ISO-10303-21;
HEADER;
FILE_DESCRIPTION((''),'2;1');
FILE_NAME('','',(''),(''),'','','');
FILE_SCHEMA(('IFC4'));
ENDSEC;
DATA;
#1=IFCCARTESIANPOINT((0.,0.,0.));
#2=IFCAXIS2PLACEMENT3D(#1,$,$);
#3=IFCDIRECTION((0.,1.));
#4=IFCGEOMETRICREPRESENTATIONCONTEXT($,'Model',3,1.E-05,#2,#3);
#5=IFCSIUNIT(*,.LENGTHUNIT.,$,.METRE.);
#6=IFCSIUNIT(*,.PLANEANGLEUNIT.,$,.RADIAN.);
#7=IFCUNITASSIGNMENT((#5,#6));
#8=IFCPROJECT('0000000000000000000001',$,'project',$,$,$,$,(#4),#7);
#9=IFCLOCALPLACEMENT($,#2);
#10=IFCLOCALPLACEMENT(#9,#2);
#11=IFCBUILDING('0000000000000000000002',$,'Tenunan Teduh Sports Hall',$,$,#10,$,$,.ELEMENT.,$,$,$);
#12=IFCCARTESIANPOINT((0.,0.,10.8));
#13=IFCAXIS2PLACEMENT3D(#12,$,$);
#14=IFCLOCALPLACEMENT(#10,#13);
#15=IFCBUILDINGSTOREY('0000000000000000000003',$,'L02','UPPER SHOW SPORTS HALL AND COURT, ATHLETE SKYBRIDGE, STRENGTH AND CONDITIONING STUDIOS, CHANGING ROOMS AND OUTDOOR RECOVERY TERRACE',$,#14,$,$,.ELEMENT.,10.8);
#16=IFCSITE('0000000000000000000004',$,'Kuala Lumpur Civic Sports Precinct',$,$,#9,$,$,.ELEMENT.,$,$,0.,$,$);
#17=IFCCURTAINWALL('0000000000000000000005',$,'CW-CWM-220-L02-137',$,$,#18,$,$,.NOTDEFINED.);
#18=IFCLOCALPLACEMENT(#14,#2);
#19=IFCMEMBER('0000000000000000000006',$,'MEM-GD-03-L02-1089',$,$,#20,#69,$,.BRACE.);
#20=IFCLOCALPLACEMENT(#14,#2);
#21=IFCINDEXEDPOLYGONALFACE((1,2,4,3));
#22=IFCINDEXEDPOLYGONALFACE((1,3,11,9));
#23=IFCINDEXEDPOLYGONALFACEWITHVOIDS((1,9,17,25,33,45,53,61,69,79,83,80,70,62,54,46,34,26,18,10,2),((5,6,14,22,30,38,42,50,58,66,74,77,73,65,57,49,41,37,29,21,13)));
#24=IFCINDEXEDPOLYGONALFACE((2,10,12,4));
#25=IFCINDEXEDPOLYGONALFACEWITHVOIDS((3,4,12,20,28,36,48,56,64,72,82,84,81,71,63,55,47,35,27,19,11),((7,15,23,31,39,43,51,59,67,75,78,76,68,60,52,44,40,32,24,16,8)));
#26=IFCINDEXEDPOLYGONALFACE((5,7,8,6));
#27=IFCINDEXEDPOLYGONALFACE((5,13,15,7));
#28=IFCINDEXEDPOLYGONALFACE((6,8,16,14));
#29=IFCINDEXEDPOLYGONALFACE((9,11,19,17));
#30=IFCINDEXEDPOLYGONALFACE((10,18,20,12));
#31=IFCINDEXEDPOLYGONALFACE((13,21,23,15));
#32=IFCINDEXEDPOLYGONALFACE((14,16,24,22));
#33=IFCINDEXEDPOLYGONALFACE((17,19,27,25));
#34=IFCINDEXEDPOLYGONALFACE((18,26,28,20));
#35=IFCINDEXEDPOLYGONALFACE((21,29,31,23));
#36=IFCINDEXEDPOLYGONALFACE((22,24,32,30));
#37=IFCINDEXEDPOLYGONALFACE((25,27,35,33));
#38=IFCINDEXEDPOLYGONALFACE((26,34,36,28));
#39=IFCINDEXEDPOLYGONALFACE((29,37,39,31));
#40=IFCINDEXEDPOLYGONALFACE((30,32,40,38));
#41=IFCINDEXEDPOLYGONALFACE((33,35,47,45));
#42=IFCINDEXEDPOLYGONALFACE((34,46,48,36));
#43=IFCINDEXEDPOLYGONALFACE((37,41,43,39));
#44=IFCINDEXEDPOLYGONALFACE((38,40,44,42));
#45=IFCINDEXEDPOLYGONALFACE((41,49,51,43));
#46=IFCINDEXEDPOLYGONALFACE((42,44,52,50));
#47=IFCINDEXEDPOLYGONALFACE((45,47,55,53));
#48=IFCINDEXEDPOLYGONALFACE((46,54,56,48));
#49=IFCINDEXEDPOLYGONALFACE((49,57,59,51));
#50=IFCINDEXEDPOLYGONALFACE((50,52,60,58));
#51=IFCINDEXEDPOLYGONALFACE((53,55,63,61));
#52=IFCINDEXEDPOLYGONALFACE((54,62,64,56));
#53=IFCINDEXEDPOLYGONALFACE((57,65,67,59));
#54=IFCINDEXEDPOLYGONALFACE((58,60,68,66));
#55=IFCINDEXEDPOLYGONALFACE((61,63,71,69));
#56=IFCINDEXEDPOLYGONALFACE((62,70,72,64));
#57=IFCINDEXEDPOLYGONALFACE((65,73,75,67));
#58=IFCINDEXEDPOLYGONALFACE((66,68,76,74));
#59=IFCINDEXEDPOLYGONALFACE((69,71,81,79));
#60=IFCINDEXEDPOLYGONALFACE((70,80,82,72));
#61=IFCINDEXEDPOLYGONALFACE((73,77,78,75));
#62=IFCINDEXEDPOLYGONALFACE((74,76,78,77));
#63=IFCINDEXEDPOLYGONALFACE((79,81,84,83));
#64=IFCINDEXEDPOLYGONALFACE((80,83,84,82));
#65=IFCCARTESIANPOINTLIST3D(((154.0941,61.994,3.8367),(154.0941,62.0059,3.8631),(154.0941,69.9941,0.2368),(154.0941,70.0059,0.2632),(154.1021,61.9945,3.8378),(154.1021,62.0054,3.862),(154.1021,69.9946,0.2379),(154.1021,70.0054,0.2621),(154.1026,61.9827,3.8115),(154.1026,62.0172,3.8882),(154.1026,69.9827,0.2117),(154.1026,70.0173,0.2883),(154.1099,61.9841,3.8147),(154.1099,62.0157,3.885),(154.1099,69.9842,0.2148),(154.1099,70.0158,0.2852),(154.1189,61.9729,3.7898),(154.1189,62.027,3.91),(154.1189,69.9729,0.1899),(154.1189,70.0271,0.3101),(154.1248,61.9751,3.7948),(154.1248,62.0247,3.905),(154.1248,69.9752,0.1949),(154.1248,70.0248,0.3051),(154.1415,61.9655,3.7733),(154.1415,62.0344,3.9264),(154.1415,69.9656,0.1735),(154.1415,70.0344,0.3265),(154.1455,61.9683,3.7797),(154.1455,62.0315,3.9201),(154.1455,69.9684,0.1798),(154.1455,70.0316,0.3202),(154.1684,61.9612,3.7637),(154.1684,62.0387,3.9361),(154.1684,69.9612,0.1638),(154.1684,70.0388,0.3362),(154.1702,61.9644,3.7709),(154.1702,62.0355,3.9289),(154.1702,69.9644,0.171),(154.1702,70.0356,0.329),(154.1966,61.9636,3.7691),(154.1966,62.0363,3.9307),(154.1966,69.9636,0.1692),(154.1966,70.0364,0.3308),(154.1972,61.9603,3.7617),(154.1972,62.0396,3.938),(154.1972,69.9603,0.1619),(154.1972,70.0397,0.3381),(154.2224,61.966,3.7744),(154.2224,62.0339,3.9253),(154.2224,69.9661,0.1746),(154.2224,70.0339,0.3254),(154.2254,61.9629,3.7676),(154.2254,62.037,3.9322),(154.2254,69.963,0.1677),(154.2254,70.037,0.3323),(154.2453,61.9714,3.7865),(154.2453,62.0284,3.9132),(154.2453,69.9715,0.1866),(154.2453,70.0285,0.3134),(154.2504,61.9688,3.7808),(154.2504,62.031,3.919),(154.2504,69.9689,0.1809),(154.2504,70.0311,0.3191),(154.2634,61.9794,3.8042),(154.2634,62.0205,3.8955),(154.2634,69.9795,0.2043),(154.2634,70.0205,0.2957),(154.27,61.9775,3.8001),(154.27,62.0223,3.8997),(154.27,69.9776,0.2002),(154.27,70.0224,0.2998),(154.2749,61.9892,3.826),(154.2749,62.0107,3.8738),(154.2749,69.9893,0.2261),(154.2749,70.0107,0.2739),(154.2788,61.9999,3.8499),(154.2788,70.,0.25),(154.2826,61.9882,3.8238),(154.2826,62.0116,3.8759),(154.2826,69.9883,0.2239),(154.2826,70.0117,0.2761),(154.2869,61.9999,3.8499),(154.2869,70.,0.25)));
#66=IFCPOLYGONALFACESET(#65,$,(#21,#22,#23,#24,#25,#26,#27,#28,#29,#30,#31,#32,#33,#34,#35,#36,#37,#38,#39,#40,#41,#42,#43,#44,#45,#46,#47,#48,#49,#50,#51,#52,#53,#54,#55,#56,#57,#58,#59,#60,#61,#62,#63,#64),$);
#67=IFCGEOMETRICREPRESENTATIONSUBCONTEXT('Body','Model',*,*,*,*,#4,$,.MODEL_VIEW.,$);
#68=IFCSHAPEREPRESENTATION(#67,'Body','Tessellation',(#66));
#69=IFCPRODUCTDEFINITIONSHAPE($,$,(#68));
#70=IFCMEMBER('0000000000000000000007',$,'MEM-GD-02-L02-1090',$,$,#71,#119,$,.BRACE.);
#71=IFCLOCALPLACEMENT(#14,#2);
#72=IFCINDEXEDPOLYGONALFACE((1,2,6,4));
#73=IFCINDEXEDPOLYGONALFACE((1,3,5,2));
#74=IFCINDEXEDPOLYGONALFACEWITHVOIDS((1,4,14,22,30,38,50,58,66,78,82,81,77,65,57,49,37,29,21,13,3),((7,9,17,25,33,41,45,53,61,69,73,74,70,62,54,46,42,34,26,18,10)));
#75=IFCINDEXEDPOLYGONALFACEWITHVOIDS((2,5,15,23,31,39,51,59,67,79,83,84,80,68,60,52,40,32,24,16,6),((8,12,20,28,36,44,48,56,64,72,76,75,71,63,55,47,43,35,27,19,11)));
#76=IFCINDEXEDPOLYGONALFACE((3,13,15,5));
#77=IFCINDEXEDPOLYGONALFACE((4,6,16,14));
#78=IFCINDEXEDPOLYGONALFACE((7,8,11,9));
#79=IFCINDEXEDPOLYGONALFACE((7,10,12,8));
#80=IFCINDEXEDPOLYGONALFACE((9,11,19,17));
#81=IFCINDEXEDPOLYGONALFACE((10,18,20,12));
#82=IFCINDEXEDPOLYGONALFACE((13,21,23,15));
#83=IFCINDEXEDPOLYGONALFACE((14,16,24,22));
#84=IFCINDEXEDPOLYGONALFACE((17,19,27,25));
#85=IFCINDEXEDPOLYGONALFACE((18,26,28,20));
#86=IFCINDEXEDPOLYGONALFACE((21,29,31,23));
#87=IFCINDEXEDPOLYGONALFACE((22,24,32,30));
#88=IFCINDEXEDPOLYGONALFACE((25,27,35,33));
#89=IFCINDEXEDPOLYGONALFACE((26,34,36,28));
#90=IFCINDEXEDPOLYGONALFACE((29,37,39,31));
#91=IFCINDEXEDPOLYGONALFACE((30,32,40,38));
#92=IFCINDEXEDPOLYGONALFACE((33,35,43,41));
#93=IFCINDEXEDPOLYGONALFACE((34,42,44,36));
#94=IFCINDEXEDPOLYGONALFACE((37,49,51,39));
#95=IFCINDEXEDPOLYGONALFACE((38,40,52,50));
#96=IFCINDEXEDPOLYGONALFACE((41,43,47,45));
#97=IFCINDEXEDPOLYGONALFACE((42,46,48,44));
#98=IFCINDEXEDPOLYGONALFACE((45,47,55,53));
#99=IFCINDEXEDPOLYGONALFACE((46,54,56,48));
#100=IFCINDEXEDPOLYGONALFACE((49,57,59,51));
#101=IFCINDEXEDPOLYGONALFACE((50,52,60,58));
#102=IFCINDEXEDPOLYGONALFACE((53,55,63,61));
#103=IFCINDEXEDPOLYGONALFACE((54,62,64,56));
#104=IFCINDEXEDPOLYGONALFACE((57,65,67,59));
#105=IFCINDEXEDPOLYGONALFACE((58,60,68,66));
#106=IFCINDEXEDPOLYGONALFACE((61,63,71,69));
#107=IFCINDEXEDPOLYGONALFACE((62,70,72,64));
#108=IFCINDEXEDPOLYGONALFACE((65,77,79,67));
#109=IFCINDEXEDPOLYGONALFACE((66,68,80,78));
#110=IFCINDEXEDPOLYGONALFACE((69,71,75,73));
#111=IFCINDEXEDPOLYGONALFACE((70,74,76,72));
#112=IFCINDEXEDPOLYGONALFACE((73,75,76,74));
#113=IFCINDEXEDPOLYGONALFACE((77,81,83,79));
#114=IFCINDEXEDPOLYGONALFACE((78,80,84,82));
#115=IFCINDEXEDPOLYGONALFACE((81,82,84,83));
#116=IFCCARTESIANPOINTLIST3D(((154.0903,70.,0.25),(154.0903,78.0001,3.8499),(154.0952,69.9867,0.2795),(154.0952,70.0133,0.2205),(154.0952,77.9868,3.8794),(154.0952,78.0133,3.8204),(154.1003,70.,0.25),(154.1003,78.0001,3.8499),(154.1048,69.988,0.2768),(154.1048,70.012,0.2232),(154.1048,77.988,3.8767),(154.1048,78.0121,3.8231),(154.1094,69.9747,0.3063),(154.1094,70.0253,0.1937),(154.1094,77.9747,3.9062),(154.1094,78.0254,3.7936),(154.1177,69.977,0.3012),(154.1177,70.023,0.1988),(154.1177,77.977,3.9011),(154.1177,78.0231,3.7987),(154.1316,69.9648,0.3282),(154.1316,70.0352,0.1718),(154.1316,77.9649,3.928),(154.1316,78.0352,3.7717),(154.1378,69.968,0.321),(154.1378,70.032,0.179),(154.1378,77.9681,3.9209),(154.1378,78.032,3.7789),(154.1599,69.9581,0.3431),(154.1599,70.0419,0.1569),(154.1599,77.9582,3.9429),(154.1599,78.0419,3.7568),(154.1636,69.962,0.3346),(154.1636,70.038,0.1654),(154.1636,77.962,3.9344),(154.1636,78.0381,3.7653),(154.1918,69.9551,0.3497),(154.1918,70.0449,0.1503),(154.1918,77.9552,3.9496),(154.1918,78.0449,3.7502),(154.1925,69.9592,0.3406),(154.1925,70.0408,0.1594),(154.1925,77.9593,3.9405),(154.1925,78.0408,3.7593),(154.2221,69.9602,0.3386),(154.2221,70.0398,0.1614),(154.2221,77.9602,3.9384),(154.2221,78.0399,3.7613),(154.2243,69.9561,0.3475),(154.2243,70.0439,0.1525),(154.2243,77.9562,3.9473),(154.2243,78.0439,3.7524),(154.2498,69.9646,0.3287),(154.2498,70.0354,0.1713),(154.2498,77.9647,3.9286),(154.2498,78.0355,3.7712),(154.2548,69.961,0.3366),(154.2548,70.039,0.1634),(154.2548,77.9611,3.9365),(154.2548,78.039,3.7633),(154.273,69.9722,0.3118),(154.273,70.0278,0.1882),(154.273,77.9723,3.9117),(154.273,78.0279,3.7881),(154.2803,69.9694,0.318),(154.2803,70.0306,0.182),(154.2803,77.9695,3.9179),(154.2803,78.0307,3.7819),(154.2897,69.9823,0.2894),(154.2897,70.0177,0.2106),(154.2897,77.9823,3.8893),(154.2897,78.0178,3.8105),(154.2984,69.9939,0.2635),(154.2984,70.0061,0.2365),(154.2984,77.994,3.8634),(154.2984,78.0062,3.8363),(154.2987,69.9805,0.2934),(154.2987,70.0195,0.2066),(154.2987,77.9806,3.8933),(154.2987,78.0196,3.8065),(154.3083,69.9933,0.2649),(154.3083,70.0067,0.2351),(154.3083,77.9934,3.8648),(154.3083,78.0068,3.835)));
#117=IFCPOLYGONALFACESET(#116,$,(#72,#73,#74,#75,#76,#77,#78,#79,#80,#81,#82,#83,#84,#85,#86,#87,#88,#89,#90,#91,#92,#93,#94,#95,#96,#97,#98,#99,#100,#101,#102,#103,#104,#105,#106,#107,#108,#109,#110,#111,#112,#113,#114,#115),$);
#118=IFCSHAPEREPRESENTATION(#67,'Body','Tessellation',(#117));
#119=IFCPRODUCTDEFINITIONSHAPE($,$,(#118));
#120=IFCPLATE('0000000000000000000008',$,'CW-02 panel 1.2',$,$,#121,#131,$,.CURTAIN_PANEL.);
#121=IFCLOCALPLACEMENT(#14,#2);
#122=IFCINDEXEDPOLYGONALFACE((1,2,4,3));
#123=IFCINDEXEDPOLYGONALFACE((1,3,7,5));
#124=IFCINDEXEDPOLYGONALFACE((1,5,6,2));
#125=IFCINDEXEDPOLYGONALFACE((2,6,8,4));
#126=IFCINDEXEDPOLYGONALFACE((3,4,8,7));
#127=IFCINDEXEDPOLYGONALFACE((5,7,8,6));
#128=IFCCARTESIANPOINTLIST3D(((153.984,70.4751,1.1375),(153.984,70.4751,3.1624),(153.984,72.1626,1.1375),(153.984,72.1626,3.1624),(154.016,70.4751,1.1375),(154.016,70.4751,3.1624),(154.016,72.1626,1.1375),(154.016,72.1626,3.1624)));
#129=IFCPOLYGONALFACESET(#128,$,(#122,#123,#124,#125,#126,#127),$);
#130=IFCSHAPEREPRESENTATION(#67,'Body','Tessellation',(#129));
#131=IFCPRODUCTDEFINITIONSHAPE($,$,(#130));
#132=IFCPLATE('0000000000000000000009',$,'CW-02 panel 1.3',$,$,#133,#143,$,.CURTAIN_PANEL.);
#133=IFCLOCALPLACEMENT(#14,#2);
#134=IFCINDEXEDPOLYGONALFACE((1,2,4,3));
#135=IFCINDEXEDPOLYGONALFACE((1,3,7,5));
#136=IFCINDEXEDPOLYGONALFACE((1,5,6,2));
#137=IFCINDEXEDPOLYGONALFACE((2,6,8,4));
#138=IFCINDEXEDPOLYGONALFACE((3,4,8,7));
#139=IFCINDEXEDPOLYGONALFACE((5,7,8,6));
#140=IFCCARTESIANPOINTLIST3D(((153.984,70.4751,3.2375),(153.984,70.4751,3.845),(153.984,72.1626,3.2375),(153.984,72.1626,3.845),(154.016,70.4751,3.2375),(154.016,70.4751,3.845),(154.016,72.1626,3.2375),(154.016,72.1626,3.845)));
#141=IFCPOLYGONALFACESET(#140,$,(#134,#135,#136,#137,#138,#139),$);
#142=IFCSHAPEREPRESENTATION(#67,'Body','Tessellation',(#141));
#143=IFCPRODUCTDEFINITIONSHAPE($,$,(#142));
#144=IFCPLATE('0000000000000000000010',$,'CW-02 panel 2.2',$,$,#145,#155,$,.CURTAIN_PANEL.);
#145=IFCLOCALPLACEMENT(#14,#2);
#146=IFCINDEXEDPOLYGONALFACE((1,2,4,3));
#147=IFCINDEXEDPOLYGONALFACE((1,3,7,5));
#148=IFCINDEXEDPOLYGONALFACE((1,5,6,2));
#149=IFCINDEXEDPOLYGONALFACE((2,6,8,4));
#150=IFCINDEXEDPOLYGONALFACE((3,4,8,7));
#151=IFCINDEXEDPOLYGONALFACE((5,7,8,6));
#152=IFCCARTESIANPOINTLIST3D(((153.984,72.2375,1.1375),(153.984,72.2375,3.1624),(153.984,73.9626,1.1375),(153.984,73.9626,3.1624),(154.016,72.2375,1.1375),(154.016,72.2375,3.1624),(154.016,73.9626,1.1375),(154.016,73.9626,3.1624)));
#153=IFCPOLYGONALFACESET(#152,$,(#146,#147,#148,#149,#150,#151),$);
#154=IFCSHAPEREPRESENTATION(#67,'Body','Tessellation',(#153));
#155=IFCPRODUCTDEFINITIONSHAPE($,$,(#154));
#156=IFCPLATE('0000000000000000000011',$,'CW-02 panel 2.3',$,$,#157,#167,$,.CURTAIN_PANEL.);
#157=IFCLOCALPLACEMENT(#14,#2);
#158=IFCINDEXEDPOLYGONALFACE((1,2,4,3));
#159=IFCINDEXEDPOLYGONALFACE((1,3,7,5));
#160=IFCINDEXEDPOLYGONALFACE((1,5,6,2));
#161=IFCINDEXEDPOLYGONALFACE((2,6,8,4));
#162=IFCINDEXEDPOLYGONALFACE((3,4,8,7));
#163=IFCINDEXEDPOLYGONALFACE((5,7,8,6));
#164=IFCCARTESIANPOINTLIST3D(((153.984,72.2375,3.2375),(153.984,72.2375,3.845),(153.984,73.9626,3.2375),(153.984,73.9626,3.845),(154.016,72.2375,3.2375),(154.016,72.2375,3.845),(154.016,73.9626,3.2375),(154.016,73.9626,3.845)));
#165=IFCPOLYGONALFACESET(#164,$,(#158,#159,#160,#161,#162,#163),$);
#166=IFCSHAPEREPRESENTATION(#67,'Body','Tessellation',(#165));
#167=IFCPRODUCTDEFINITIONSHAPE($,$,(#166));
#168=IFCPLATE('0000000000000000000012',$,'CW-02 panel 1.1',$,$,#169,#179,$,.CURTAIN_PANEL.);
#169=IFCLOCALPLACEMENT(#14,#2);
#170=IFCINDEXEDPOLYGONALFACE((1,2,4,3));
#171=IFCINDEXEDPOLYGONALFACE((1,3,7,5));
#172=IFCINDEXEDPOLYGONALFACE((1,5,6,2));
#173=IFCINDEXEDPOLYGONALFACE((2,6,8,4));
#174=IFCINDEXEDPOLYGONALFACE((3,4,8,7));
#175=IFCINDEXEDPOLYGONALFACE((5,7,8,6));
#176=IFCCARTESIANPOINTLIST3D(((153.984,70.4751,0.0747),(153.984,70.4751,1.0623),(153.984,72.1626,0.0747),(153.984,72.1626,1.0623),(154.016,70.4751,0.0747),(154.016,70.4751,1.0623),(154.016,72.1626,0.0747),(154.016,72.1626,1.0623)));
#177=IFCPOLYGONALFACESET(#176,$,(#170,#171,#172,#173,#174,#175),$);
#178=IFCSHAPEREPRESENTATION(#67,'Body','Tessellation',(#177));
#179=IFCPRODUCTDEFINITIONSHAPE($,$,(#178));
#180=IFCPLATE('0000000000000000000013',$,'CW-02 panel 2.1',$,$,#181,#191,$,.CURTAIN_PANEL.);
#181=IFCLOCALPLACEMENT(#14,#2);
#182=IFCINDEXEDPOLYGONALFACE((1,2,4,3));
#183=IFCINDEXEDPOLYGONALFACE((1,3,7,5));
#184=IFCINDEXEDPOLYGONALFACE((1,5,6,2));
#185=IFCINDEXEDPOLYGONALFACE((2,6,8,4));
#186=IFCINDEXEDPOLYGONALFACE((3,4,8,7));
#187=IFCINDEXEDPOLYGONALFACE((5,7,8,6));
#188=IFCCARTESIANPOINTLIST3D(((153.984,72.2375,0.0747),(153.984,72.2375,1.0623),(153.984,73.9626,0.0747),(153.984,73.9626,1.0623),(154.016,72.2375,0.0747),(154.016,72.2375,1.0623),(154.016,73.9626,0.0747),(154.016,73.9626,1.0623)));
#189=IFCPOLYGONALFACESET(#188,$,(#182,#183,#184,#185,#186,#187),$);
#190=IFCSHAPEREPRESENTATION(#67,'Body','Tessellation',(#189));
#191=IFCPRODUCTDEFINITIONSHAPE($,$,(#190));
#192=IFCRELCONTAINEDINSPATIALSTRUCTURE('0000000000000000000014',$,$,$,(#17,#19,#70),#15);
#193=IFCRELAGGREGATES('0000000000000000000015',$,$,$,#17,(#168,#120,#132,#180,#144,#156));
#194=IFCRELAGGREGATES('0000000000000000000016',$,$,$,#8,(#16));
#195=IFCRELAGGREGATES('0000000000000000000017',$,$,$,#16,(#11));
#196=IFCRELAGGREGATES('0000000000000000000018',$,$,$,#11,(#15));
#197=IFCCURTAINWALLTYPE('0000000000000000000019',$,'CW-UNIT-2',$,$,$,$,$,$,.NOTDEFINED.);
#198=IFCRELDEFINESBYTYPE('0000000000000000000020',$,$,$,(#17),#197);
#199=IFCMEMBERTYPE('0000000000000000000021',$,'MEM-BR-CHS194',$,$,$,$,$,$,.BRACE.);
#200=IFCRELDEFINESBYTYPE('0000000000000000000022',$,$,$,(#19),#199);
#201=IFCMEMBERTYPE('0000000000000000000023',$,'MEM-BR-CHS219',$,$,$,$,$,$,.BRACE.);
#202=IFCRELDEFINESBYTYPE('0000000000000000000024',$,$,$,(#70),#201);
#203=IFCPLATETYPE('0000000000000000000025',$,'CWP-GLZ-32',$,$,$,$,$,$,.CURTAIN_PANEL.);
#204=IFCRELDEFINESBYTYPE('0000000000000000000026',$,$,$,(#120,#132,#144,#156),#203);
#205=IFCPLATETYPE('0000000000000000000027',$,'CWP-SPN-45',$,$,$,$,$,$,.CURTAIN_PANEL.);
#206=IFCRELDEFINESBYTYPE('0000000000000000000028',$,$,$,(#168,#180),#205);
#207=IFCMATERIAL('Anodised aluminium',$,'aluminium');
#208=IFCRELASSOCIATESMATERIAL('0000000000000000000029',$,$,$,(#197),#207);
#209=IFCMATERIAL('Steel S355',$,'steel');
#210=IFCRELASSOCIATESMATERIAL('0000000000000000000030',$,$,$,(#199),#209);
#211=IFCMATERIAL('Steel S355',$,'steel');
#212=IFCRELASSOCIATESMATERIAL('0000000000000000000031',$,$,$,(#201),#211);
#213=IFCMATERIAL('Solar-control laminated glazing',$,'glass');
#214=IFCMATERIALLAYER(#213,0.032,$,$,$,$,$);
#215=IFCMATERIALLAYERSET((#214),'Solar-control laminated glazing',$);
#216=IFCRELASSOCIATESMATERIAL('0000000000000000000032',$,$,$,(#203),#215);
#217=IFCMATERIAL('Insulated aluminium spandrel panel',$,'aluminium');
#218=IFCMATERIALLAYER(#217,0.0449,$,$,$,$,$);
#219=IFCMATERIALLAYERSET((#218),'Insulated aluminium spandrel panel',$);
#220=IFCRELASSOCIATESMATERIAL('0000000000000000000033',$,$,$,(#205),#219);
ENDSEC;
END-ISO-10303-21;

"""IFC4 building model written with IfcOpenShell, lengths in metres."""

from ifc_helpers import new_model, si_unit, direction, frame, origin, origin_2d, place, context, subcontext, project, spatial, rectangle, hollow_circle, extrude, material, layer, layer_set, material_profile, profile_set, type_object, element, aggregate, save


model = new_model("IFC4")

# Units and contexts
model_context = context("Model", 3, precision=1e-05, world=origin(), true_north=direction((0.0, 1.0)))
body_context = subcontext(model_context, "Body", "Model", "MODEL_VIEW")
ifc_project = project(units=[si_unit("LENGTHUNIT", "METRE"), si_unit("PLANEANGLEUNIT", "RADIAN")], contexts=[model_context])

# Site, building, storey
site_placement = place(None, origin())
site = spatial("IfcSite", under=ifc_project, at=site_placement, Name="Kuala Lumpur Civic Sports Precinct", CompositionType="ELEMENT", RefElevation=0.0)
building_placement = place(site_placement, origin())
building = spatial("IfcBuilding", under=site, at=building_placement, Name="Tenunan Teduh Sports Hall", CompositionType="ELEMENT")
storey_placement = place(building_placement, frame((0.0, 0.0, 10.8)))
storey = spatial("IfcBuildingStorey", under=building, at=storey_placement, Name="L02", Description="UPPER SHOW SPORTS HALL AND COURT, ATHLETE SKYBRIDGE, STRENGTH AND CONDITIONING STUDIOS, CHANGING ROOMS AND OUTDOOR RECOVERY TERRACE", CompositionType="ELEMENT", Elevation=10.8)

# Curtain wall
ifc_material_1 = material(Name="Anodised aluminium", Category="aluminium")
curtain_wall_type = type_object("IfcCurtainWallType", Name="CW-UNIT-2", PredefinedType="NOTDEFINED", material=ifc_material_1)
curtain_wall_placement = place(storey_placement, origin())
curtain_wall = element("IfcCurtainWall", 1, at=curtain_wall_placement, inside=storey, type_object=curtain_wall_type, Name="CW-CWM-220-L02-137", PredefinedType="NOTDEFINED")

# Members
ifc_material_2 = material(Name="Steel S355", Category="steel")
ifc_material_profile_1 = material_profile(ifc_material_2, hollow_circle(Radius=0.0969, WallThickness=0.0081, at=origin_2d()), Name="CHS 193.7x8.0")
ifc_profile_set_1 = profile_set([ifc_material_profile_1], Name="Steel S355")
member_type_1 = type_object("IfcMemberType", Name="MEM-BR-CHS194", PredefinedType="BRACE", material=ifc_profile_set_1)
member_1_placement = place(storey_placement, frame((154.1899, 70.0, 0.25), z_axis=(0.0, -0.911928, 0.410351), x_axis=(1.0, 0.0, 0.0)))
element("IfcMember", 2, at=member_1_placement, inside=storey, type_object=member_type_1, Name="MEM-GD-03-L02-1089", PredefinedType="BRACE", context=body_context, shape_type="SweptSolid", body=[
    extrude(hollow_circle(Radius=0.0969, WallThickness=0.0081, at=origin_2d()), origin(), (0.0, 0.0, 1.0), 8.7727),
])
ifc_material_3 = material(Name="Steel S355", Category="steel")
ifc_material_profile_2 = material_profile(ifc_material_3, hollow_circle(Radius=0.1096, WallThickness=0.01, at=origin_2d()), Name="CHS 219.1x10.0")
ifc_profile_set_2 = profile_set([ifc_material_profile_2], Name="Steel S355")
member_type_2 = type_object("IfcMemberType", Name="MEM-BR-CHS219", PredefinedType="BRACE", material=ifc_profile_set_2)
member_2_placement = place(storey_placement, frame((154.2, 70.0, 0.25), z_axis=(0.0, 0.911928, 0.410351), x_axis=(-1.0, 0.0, 0.0)))
element("IfcMember", 3, at=member_2_placement, inside=storey, type_object=member_type_2, Name="MEM-GD-02-L02-1090", PredefinedType="BRACE", context=body_context, shape_type="SweptSolid", body=[
    extrude(hollow_circle(Radius=0.1096, WallThickness=0.01, at=origin_2d()), origin(), (0.0, 0.0, 1.0), 8.7727),
])

# Plates
ifc_material_4 = material(Name="Solar-control laminated glazing", Category="glass")
ifc_layer_1 = layer(ifc_material_4, 0.032)
ifc_layer_set_1 = layer_set([ifc_layer_1], Name="Solar-control laminated glazing")
plate_type_1 = type_object("IfcPlateType", Name="CWP-GLZ-32", PredefinedType="CURTAIN_PANEL", material=ifc_layer_set_1)
plate_1_placement = place(storey_placement, frame((154.0, 71.3188, 1.1375), z_axis=(0.0, 0.0, 1.0), x_axis=(0.0, 1.0, 0.0)))
plate_1 = element("IfcPlate", 4, at=plate_1_placement, type_object=plate_type_1, Name="CW-02 panel 1.2", PredefinedType="CURTAIN_PANEL", context=body_context, shape_type="SweptSolid", body=[
    extrude(rectangle(XDim=1.6875, YDim=0.032, at=origin_2d()), origin(), (0.0, 0.0, 1.0), 2.0249),
])
plate_2_placement = place(storey_placement, frame((154.0, 71.3188, 3.2375), z_axis=(0.0, 0.0, 1.0), x_axis=(0.0, 1.0, 0.0)))
plate_2 = element("IfcPlate", 5, at=plate_2_placement, type_object=plate_type_1, Name="CW-02 panel 1.3", PredefinedType="CURTAIN_PANEL", context=body_context, shape_type="SweptSolid", body=[
    extrude(rectangle(XDim=1.6875, YDim=0.032, at=origin_2d()), origin(), (0.0, 0.0, 1.0), 0.6074),
])
plate_3_placement = place(storey_placement, frame((154.0, 73.1001, 1.1375), z_axis=(0.0, 0.0, 1.0), x_axis=(0.0, 1.0, 0.0)))
plate_3 = element("IfcPlate", 6, at=plate_3_placement, type_object=plate_type_1, Name="CW-02 panel 2.2", PredefinedType="CURTAIN_PANEL", context=body_context, shape_type="SweptSolid", body=[
    extrude(rectangle(XDim=1.7251, YDim=0.032, at=origin_2d()), origin(), (0.0, 0.0, 1.0), 2.0249),
])
plate_4_placement = place(storey_placement, frame((154.0, 73.1001, 3.2375), z_axis=(0.0, 0.0, 1.0), x_axis=(0.0, 1.0, 0.0)))
plate_4 = element("IfcPlate", 7, at=plate_4_placement, type_object=plate_type_1, Name="CW-02 panel 2.3", PredefinedType="CURTAIN_PANEL", context=body_context, shape_type="SweptSolid", body=[
    extrude(rectangle(XDim=1.7251, YDim=0.032, at=origin_2d()), origin(), (0.0, 0.0, 1.0), 0.6074),
])
ifc_material_5 = material(Name="Insulated aluminium spandrel panel", Category="aluminium")
ifc_layer_2 = layer(ifc_material_5, 0.0449)
ifc_layer_set_2 = layer_set([ifc_layer_2], Name="Insulated aluminium spandrel panel")
plate_type_2 = type_object("IfcPlateType", Name="CWP-SPN-45", PredefinedType="CURTAIN_PANEL", material=ifc_layer_set_2)
plate_5_placement = place(storey_placement, frame((154.0, 71.3188, 0.0747), z_axis=(0.0, 0.0, 1.0), x_axis=(0.0, 1.0, 0.0)))
plate_5 = element("IfcPlate", 8, at=plate_5_placement, type_object=plate_type_2, Name="CW-02 panel 1.1", PredefinedType="CURTAIN_PANEL", context=body_context, shape_type="SweptSolid", body=[
    extrude(rectangle(XDim=1.6875, YDim=0.032, at=origin_2d()), origin(), (0.0, 0.0, 1.0), 0.9875),
])
plate_6_placement = place(storey_placement, frame((154.0, 73.1001, 0.0747), z_axis=(0.0, 0.0, 1.0), x_axis=(0.0, 1.0, 0.0)))
plate_6 = element("IfcPlate", 9, at=plate_6_placement, type_object=plate_type_2, Name="CW-02 panel 2.1", PredefinedType="CURTAIN_PANEL", context=body_context, shape_type="SweptSolid", body=[
    extrude(rectangle(XDim=1.7251, YDim=0.032, at=origin_2d()), origin(), (0.0, 0.0, 1.0), 0.9875),
])
aggregate(curtain_wall, [plate_5, plate_1, plate_2, plate_6, plate_3, plate_4])

save(model, "model.ifc")
